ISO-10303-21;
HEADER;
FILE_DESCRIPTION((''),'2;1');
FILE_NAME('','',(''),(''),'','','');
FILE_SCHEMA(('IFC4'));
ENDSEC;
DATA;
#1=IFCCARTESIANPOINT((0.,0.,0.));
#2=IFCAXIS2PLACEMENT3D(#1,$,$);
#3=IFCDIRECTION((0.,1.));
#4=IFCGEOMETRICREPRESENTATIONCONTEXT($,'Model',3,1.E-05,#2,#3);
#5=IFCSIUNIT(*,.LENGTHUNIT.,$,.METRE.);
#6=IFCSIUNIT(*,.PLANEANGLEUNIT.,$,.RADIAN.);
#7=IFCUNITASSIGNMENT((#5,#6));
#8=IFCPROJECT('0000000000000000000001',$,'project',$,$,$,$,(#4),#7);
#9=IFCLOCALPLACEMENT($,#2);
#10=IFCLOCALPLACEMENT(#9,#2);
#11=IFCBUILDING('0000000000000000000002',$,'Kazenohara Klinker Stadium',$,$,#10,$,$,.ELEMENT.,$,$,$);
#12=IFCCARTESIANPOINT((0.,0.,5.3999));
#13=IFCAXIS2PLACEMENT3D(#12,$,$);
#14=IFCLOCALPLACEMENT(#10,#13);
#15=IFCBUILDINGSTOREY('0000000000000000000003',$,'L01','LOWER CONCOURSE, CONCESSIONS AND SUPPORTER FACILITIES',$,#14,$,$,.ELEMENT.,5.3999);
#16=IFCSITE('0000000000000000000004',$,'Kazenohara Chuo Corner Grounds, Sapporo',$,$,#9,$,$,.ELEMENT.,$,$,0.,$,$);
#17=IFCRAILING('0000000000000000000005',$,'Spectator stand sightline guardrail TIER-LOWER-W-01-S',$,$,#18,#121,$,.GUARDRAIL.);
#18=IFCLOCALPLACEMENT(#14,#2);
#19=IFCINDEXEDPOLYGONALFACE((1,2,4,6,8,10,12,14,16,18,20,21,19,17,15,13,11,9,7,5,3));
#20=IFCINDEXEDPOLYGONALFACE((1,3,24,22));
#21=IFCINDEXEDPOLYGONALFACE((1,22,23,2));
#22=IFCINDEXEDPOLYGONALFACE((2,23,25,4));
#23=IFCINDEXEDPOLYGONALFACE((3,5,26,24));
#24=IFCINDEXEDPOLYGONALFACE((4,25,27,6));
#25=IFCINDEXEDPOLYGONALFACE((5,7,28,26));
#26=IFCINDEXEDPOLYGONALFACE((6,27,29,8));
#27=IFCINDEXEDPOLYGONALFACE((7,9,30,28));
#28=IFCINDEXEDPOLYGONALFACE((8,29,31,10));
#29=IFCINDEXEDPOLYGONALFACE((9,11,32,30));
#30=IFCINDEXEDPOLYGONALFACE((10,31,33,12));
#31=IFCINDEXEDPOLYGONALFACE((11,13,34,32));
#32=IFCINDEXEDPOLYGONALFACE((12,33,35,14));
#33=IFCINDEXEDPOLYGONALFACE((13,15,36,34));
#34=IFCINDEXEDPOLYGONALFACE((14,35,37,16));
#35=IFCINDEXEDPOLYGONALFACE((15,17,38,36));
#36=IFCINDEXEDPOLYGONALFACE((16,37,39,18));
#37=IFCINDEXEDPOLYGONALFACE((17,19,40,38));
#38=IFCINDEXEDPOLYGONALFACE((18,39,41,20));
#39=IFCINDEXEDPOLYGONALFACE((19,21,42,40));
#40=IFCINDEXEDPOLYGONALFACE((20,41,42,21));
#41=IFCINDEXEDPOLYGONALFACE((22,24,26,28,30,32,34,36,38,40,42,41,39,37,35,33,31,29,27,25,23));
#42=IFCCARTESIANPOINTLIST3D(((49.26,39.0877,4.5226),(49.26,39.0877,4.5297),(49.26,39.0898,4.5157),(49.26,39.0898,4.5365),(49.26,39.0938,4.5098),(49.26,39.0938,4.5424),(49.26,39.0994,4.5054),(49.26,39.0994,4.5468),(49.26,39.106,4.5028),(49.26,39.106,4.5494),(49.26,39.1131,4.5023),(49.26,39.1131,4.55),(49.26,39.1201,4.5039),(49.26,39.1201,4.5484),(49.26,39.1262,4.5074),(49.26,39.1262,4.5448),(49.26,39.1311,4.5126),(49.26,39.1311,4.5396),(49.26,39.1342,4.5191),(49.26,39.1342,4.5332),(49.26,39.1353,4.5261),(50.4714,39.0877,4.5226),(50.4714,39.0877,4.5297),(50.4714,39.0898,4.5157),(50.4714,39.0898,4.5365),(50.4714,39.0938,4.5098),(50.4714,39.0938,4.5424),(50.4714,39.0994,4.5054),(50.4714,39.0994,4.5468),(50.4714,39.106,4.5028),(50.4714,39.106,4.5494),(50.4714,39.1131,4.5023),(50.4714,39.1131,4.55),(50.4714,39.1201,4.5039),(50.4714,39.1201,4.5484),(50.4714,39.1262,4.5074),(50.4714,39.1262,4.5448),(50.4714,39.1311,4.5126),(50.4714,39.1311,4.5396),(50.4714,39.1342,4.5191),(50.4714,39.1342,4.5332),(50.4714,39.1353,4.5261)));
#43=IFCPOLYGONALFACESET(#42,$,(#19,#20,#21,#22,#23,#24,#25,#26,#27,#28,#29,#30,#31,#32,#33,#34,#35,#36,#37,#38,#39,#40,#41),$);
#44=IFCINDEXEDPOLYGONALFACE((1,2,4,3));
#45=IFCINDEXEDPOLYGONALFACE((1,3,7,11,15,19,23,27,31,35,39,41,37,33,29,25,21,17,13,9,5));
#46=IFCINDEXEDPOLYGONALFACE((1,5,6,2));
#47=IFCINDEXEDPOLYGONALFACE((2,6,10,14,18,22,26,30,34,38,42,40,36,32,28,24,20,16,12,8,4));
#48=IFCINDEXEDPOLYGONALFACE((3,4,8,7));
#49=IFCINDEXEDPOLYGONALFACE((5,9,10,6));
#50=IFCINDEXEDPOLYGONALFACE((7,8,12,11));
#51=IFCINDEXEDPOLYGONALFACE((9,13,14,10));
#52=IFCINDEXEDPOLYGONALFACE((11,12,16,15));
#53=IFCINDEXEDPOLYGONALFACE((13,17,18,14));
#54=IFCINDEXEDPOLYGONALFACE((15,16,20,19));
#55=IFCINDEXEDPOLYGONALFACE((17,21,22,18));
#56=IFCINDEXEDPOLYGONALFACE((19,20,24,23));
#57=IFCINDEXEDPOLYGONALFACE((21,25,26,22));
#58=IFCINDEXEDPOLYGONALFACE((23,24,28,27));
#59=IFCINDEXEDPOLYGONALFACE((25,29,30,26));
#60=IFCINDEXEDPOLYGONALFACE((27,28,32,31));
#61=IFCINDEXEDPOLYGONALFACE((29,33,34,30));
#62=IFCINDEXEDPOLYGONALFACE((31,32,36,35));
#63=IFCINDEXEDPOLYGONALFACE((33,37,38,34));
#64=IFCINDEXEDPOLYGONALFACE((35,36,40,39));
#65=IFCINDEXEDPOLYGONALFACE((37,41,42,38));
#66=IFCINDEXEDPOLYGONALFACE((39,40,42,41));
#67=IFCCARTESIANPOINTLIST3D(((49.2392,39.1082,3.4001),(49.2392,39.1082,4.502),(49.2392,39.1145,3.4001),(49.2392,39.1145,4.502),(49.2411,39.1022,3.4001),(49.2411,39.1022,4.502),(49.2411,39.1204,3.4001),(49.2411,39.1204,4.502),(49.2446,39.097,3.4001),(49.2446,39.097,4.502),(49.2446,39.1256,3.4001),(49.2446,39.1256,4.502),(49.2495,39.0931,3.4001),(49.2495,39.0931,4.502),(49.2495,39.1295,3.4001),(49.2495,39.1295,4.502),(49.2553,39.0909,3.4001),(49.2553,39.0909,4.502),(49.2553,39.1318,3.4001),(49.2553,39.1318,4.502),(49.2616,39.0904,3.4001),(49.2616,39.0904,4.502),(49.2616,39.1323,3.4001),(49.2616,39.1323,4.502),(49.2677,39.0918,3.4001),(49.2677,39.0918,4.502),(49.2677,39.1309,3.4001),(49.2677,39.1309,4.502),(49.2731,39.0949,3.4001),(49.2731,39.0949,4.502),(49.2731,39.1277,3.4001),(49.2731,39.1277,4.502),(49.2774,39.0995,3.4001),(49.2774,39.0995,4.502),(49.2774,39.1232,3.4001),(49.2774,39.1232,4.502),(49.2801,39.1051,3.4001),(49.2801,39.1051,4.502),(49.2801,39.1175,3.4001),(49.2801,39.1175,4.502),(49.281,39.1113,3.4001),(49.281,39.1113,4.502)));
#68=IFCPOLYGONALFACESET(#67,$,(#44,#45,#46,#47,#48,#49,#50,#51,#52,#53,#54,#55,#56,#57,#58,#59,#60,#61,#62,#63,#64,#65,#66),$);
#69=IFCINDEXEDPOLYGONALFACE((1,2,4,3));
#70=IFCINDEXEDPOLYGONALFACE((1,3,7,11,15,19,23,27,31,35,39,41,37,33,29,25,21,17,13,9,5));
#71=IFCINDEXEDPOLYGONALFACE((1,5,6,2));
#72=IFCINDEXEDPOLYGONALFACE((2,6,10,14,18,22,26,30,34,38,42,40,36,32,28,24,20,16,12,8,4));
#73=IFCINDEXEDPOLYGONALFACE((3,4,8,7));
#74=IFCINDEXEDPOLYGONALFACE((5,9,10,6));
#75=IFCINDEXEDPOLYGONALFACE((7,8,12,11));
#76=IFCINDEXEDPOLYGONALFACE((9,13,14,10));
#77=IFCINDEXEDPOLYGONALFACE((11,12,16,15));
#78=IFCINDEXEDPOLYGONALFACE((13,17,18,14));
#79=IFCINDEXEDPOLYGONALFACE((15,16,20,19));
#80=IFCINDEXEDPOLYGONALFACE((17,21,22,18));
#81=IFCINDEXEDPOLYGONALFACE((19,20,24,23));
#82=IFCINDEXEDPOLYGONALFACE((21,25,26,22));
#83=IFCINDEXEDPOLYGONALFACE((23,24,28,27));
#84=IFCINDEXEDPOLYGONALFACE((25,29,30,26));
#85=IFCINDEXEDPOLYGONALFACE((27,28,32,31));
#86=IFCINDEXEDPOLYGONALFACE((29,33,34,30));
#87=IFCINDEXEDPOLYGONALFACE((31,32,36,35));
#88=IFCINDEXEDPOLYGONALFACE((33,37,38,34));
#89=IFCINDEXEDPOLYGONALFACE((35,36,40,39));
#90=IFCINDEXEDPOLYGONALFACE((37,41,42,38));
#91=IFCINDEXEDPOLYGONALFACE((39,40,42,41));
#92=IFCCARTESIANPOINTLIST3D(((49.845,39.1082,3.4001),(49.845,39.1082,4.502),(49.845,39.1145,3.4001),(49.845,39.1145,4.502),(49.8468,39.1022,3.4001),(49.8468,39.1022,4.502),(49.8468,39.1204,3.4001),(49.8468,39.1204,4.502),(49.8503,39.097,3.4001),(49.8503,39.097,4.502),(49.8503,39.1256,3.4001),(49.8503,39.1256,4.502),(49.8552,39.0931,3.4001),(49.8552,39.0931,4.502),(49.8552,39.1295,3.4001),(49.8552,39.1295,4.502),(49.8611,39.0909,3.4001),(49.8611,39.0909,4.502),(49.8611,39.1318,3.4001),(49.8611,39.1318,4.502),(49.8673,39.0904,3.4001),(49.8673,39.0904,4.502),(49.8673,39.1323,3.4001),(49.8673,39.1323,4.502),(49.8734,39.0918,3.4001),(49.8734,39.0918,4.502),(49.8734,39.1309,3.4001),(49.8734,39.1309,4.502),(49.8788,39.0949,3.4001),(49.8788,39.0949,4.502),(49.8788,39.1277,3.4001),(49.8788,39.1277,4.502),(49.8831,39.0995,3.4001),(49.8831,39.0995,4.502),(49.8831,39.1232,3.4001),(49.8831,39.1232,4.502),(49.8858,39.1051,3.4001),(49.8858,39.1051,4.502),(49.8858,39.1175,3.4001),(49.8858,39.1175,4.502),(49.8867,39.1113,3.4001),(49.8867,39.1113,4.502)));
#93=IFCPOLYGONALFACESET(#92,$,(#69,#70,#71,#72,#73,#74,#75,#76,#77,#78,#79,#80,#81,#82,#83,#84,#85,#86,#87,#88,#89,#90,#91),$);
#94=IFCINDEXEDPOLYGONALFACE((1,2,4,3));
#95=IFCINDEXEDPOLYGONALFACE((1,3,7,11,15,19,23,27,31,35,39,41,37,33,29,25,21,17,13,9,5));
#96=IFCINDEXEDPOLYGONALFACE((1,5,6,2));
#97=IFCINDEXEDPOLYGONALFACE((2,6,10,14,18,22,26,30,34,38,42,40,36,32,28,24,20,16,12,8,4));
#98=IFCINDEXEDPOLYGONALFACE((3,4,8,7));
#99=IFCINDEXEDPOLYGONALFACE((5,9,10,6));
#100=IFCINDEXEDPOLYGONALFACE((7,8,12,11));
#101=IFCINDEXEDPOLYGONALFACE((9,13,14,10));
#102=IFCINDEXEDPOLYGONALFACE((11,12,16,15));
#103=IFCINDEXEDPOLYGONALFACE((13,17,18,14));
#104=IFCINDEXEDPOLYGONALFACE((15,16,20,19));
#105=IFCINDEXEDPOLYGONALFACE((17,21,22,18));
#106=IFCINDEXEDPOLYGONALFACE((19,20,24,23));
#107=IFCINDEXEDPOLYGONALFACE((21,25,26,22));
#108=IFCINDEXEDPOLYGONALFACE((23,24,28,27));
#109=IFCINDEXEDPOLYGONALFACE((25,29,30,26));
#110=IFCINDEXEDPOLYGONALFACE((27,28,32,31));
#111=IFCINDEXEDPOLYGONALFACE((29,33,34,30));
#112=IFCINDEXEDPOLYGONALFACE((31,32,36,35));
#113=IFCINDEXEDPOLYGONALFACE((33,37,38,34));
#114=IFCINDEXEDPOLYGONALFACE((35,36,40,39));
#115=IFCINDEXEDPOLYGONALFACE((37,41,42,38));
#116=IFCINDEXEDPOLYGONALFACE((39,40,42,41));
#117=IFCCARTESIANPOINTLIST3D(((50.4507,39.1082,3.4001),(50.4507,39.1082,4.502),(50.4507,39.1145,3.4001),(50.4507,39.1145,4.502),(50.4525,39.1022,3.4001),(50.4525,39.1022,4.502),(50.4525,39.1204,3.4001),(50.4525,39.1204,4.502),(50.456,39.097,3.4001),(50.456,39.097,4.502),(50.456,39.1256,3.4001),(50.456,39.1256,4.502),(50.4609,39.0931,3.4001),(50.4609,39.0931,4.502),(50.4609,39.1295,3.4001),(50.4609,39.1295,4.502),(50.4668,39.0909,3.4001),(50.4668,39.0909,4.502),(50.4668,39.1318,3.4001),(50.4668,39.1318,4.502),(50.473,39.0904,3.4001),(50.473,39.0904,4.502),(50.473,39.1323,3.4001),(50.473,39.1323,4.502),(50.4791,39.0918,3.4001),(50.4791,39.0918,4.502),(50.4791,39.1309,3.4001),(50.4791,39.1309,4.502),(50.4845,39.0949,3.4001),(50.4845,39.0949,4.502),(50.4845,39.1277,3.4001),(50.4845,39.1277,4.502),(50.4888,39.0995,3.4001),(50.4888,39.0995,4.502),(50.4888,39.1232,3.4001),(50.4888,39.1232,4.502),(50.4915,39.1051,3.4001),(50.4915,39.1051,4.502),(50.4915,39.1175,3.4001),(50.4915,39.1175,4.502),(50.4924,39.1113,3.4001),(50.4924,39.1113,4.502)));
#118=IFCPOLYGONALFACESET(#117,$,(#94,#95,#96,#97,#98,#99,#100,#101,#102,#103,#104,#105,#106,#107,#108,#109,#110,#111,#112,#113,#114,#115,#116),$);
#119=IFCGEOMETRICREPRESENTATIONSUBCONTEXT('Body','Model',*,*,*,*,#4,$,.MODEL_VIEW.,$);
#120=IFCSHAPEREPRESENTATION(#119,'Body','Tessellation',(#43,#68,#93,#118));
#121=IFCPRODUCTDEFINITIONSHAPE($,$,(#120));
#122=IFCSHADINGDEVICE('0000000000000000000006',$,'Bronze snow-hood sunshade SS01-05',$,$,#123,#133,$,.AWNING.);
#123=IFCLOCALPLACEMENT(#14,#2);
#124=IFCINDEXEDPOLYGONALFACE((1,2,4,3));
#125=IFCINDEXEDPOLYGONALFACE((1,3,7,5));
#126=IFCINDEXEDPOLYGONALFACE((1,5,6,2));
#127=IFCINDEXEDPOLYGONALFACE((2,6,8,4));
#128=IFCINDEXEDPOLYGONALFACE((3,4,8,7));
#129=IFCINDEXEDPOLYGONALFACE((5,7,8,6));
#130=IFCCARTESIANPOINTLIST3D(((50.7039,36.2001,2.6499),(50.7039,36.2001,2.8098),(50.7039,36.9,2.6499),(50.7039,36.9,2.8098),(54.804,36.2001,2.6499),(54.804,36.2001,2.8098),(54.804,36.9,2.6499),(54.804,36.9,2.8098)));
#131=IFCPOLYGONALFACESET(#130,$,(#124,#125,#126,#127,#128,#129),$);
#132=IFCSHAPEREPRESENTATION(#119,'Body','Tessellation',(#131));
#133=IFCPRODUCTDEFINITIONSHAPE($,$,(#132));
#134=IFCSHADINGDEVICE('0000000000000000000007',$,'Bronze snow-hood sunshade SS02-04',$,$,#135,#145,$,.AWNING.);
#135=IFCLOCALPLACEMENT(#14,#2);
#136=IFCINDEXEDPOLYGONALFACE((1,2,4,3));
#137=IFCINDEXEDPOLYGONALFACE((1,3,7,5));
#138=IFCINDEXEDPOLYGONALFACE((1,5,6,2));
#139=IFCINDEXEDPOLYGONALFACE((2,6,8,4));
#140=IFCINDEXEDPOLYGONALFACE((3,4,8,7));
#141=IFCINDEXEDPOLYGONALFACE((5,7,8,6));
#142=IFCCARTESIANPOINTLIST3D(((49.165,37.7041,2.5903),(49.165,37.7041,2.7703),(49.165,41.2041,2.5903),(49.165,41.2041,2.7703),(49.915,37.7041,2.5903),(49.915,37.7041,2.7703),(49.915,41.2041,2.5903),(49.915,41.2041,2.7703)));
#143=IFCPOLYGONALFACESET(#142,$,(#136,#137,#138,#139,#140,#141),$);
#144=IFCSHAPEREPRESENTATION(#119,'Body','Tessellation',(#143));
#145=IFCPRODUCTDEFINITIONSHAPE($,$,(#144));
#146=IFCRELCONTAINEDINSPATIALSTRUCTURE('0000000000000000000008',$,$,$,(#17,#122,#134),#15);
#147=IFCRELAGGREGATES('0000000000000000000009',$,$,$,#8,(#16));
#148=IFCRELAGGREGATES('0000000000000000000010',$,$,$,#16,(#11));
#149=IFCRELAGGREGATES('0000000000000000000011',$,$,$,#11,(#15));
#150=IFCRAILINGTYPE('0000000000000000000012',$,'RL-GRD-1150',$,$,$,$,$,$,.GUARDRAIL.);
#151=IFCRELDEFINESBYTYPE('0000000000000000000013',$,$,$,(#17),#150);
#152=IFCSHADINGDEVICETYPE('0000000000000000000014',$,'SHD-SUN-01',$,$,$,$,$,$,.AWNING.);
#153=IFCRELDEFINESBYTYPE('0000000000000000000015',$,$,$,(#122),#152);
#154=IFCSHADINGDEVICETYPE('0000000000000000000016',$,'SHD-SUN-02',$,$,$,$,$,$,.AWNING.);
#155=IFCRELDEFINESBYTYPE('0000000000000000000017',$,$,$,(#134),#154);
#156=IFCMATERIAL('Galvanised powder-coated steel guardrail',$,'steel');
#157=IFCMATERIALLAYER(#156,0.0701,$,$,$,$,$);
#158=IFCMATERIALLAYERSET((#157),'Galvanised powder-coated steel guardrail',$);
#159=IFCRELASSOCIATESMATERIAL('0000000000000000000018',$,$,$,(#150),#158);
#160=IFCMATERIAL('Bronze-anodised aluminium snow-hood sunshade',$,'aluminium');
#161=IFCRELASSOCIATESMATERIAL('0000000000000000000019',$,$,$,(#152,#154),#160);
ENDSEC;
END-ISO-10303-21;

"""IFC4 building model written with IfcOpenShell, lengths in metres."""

from ifc_helpers import new_model, si_unit, direction, frame, origin, origin_2d, place, context, subcontext, project, spatial, rectangle, circle, extrude, material, layer, layer_set, type_object, element, save


model = new_model("IFC4")

# Units and contexts
model_context = context("Model", 3, precision=1e-05, world=origin(), true_north=direction((0.0, 1.0)))
body_context = subcontext(model_context, "Body", "Model", "MODEL_VIEW")
ifc_project = project(units=[si_unit("LENGTHUNIT", "METRE"), si_unit("PLANEANGLEUNIT", "RADIAN")], contexts=[model_context])

# Site, building, storey
site_placement = place(None, origin())
site = spatial("IfcSite", under=ifc_project, at=site_placement, Name="Kazenohara Chuo Corner Grounds, Sapporo", CompositionType="ELEMENT", RefElevation=0.0)
building_placement = place(site_placement, origin())
building = spatial("IfcBuilding", under=site, at=building_placement, Name="Kazenohara Klinker Stadium", CompositionType="ELEMENT")
storey_placement = place(building_placement, frame((0.0, 0.0, 5.3999)))
storey = spatial("IfcBuildingStorey", under=building, at=storey_placement, Name="L01", Description="LOWER CONCOURSE, CONCESSIONS AND SUPPORTER FACILITIES", CompositionType="ELEMENT", Elevation=5.3999)

# Railing
ifc_material_1 = material(Name="Galvanised powder-coated steel guardrail", Category="steel")
ifc_layer_1 = layer(ifc_material_1, 0.0701)
ifc_layer_set_1 = layer_set([ifc_layer_1], Name="Galvanised powder-coated steel guardrail")
railing_type = type_object("IfcRailingType", Name="RL-GRD-1150", PredefinedType="GUARDRAIL", material=ifc_layer_set_1)
railing_1_placement = place(storey_placement, frame((49.26, 39.1113, 3.4001)))
element("IfcRailing", 1, at=railing_1_placement, inside=storey, type_object=railing_type, Name="Spectator stand sightline guardrail TIER-LOWER-W-01-S", PredefinedType="GUARDRAIL", context=body_context, shape_type="SweptSolid", body=[
    extrude(circle(Radius=0.0239, at=origin_2d()), frame((0.0, 0.0, 1.126), z_axis=(1.0, 0.0, 0.0), x_axis=(0.0, 1.0, 0.0)), (0.0, 0.0, 1.0), 1.2114),
    extrude(circle(Radius=0.021, at=origin_2d()), origin(), (0.0, 0.0, 1.0), 1.1018),
    extrude(circle(Radius=0.021, at=origin_2d()), frame((0.6057, 0.0, 0.0)), (0.0, 0.0, 1.0), 1.1018),
    extrude(circle(Radius=0.021, at=origin_2d()), frame((1.2114, 0.0, 0.0)), (0.0, 0.0, 1.0), 1.1018),
])

# Shading devices
ifc_material_2 = material(Name="Bronze-anodised aluminium snow-hood sunshade", Category="aluminium")
shading_device_type_1 = type_object("IfcShadingDeviceType", Name="SHD-SUN-01", PredefinedType="AWNING", material=ifc_material_2)
shading_device_1_placement = place(storey_placement, frame((52.7539, 36.55, 2.6499), z_axis=(0.0, 0.0, 1.0), x_axis=(1.0, 0.0, 0.0)))
element("IfcShadingDevice", 2, at=shading_device_1_placement, inside=storey, type_object=shading_device_type_1, Name="Bronze snow-hood sunshade SS01-05", PredefinedType="AWNING", context=body_context, shape_type="SweptSolid", body=[
    extrude(rectangle(XDim=4.1001, YDim=0.7, at=origin_2d()), origin(), (0.0, 0.0, 1.0), 0.1599),
])
shading_device_type_2 = type_object("IfcShadingDeviceType", Name="SHD-SUN-02", PredefinedType="AWNING", material=ifc_material_2)
shading_device_2_placement = place(storey_placement, frame((49.54, 39.4541, 2.5903), z_axis=(0.0, 0.0, 1.0), x_axis=(0.0, 1.0, 0.0)))
element("IfcShadingDevice", 3, at=shading_device_2_placement, inside=storey, type_object=shading_device_type_2, Name="Bronze snow-hood sunshade SS02-04", PredefinedType="AWNING", context=body_context, shape_type="SweptSolid", body=[
    extrude(rectangle(XDim=3.5, YDim=0.75, at=origin_2d()), origin(), (0.0, 0.0, 1.0), 0.1799),
])

save(model, "model.ifc")
